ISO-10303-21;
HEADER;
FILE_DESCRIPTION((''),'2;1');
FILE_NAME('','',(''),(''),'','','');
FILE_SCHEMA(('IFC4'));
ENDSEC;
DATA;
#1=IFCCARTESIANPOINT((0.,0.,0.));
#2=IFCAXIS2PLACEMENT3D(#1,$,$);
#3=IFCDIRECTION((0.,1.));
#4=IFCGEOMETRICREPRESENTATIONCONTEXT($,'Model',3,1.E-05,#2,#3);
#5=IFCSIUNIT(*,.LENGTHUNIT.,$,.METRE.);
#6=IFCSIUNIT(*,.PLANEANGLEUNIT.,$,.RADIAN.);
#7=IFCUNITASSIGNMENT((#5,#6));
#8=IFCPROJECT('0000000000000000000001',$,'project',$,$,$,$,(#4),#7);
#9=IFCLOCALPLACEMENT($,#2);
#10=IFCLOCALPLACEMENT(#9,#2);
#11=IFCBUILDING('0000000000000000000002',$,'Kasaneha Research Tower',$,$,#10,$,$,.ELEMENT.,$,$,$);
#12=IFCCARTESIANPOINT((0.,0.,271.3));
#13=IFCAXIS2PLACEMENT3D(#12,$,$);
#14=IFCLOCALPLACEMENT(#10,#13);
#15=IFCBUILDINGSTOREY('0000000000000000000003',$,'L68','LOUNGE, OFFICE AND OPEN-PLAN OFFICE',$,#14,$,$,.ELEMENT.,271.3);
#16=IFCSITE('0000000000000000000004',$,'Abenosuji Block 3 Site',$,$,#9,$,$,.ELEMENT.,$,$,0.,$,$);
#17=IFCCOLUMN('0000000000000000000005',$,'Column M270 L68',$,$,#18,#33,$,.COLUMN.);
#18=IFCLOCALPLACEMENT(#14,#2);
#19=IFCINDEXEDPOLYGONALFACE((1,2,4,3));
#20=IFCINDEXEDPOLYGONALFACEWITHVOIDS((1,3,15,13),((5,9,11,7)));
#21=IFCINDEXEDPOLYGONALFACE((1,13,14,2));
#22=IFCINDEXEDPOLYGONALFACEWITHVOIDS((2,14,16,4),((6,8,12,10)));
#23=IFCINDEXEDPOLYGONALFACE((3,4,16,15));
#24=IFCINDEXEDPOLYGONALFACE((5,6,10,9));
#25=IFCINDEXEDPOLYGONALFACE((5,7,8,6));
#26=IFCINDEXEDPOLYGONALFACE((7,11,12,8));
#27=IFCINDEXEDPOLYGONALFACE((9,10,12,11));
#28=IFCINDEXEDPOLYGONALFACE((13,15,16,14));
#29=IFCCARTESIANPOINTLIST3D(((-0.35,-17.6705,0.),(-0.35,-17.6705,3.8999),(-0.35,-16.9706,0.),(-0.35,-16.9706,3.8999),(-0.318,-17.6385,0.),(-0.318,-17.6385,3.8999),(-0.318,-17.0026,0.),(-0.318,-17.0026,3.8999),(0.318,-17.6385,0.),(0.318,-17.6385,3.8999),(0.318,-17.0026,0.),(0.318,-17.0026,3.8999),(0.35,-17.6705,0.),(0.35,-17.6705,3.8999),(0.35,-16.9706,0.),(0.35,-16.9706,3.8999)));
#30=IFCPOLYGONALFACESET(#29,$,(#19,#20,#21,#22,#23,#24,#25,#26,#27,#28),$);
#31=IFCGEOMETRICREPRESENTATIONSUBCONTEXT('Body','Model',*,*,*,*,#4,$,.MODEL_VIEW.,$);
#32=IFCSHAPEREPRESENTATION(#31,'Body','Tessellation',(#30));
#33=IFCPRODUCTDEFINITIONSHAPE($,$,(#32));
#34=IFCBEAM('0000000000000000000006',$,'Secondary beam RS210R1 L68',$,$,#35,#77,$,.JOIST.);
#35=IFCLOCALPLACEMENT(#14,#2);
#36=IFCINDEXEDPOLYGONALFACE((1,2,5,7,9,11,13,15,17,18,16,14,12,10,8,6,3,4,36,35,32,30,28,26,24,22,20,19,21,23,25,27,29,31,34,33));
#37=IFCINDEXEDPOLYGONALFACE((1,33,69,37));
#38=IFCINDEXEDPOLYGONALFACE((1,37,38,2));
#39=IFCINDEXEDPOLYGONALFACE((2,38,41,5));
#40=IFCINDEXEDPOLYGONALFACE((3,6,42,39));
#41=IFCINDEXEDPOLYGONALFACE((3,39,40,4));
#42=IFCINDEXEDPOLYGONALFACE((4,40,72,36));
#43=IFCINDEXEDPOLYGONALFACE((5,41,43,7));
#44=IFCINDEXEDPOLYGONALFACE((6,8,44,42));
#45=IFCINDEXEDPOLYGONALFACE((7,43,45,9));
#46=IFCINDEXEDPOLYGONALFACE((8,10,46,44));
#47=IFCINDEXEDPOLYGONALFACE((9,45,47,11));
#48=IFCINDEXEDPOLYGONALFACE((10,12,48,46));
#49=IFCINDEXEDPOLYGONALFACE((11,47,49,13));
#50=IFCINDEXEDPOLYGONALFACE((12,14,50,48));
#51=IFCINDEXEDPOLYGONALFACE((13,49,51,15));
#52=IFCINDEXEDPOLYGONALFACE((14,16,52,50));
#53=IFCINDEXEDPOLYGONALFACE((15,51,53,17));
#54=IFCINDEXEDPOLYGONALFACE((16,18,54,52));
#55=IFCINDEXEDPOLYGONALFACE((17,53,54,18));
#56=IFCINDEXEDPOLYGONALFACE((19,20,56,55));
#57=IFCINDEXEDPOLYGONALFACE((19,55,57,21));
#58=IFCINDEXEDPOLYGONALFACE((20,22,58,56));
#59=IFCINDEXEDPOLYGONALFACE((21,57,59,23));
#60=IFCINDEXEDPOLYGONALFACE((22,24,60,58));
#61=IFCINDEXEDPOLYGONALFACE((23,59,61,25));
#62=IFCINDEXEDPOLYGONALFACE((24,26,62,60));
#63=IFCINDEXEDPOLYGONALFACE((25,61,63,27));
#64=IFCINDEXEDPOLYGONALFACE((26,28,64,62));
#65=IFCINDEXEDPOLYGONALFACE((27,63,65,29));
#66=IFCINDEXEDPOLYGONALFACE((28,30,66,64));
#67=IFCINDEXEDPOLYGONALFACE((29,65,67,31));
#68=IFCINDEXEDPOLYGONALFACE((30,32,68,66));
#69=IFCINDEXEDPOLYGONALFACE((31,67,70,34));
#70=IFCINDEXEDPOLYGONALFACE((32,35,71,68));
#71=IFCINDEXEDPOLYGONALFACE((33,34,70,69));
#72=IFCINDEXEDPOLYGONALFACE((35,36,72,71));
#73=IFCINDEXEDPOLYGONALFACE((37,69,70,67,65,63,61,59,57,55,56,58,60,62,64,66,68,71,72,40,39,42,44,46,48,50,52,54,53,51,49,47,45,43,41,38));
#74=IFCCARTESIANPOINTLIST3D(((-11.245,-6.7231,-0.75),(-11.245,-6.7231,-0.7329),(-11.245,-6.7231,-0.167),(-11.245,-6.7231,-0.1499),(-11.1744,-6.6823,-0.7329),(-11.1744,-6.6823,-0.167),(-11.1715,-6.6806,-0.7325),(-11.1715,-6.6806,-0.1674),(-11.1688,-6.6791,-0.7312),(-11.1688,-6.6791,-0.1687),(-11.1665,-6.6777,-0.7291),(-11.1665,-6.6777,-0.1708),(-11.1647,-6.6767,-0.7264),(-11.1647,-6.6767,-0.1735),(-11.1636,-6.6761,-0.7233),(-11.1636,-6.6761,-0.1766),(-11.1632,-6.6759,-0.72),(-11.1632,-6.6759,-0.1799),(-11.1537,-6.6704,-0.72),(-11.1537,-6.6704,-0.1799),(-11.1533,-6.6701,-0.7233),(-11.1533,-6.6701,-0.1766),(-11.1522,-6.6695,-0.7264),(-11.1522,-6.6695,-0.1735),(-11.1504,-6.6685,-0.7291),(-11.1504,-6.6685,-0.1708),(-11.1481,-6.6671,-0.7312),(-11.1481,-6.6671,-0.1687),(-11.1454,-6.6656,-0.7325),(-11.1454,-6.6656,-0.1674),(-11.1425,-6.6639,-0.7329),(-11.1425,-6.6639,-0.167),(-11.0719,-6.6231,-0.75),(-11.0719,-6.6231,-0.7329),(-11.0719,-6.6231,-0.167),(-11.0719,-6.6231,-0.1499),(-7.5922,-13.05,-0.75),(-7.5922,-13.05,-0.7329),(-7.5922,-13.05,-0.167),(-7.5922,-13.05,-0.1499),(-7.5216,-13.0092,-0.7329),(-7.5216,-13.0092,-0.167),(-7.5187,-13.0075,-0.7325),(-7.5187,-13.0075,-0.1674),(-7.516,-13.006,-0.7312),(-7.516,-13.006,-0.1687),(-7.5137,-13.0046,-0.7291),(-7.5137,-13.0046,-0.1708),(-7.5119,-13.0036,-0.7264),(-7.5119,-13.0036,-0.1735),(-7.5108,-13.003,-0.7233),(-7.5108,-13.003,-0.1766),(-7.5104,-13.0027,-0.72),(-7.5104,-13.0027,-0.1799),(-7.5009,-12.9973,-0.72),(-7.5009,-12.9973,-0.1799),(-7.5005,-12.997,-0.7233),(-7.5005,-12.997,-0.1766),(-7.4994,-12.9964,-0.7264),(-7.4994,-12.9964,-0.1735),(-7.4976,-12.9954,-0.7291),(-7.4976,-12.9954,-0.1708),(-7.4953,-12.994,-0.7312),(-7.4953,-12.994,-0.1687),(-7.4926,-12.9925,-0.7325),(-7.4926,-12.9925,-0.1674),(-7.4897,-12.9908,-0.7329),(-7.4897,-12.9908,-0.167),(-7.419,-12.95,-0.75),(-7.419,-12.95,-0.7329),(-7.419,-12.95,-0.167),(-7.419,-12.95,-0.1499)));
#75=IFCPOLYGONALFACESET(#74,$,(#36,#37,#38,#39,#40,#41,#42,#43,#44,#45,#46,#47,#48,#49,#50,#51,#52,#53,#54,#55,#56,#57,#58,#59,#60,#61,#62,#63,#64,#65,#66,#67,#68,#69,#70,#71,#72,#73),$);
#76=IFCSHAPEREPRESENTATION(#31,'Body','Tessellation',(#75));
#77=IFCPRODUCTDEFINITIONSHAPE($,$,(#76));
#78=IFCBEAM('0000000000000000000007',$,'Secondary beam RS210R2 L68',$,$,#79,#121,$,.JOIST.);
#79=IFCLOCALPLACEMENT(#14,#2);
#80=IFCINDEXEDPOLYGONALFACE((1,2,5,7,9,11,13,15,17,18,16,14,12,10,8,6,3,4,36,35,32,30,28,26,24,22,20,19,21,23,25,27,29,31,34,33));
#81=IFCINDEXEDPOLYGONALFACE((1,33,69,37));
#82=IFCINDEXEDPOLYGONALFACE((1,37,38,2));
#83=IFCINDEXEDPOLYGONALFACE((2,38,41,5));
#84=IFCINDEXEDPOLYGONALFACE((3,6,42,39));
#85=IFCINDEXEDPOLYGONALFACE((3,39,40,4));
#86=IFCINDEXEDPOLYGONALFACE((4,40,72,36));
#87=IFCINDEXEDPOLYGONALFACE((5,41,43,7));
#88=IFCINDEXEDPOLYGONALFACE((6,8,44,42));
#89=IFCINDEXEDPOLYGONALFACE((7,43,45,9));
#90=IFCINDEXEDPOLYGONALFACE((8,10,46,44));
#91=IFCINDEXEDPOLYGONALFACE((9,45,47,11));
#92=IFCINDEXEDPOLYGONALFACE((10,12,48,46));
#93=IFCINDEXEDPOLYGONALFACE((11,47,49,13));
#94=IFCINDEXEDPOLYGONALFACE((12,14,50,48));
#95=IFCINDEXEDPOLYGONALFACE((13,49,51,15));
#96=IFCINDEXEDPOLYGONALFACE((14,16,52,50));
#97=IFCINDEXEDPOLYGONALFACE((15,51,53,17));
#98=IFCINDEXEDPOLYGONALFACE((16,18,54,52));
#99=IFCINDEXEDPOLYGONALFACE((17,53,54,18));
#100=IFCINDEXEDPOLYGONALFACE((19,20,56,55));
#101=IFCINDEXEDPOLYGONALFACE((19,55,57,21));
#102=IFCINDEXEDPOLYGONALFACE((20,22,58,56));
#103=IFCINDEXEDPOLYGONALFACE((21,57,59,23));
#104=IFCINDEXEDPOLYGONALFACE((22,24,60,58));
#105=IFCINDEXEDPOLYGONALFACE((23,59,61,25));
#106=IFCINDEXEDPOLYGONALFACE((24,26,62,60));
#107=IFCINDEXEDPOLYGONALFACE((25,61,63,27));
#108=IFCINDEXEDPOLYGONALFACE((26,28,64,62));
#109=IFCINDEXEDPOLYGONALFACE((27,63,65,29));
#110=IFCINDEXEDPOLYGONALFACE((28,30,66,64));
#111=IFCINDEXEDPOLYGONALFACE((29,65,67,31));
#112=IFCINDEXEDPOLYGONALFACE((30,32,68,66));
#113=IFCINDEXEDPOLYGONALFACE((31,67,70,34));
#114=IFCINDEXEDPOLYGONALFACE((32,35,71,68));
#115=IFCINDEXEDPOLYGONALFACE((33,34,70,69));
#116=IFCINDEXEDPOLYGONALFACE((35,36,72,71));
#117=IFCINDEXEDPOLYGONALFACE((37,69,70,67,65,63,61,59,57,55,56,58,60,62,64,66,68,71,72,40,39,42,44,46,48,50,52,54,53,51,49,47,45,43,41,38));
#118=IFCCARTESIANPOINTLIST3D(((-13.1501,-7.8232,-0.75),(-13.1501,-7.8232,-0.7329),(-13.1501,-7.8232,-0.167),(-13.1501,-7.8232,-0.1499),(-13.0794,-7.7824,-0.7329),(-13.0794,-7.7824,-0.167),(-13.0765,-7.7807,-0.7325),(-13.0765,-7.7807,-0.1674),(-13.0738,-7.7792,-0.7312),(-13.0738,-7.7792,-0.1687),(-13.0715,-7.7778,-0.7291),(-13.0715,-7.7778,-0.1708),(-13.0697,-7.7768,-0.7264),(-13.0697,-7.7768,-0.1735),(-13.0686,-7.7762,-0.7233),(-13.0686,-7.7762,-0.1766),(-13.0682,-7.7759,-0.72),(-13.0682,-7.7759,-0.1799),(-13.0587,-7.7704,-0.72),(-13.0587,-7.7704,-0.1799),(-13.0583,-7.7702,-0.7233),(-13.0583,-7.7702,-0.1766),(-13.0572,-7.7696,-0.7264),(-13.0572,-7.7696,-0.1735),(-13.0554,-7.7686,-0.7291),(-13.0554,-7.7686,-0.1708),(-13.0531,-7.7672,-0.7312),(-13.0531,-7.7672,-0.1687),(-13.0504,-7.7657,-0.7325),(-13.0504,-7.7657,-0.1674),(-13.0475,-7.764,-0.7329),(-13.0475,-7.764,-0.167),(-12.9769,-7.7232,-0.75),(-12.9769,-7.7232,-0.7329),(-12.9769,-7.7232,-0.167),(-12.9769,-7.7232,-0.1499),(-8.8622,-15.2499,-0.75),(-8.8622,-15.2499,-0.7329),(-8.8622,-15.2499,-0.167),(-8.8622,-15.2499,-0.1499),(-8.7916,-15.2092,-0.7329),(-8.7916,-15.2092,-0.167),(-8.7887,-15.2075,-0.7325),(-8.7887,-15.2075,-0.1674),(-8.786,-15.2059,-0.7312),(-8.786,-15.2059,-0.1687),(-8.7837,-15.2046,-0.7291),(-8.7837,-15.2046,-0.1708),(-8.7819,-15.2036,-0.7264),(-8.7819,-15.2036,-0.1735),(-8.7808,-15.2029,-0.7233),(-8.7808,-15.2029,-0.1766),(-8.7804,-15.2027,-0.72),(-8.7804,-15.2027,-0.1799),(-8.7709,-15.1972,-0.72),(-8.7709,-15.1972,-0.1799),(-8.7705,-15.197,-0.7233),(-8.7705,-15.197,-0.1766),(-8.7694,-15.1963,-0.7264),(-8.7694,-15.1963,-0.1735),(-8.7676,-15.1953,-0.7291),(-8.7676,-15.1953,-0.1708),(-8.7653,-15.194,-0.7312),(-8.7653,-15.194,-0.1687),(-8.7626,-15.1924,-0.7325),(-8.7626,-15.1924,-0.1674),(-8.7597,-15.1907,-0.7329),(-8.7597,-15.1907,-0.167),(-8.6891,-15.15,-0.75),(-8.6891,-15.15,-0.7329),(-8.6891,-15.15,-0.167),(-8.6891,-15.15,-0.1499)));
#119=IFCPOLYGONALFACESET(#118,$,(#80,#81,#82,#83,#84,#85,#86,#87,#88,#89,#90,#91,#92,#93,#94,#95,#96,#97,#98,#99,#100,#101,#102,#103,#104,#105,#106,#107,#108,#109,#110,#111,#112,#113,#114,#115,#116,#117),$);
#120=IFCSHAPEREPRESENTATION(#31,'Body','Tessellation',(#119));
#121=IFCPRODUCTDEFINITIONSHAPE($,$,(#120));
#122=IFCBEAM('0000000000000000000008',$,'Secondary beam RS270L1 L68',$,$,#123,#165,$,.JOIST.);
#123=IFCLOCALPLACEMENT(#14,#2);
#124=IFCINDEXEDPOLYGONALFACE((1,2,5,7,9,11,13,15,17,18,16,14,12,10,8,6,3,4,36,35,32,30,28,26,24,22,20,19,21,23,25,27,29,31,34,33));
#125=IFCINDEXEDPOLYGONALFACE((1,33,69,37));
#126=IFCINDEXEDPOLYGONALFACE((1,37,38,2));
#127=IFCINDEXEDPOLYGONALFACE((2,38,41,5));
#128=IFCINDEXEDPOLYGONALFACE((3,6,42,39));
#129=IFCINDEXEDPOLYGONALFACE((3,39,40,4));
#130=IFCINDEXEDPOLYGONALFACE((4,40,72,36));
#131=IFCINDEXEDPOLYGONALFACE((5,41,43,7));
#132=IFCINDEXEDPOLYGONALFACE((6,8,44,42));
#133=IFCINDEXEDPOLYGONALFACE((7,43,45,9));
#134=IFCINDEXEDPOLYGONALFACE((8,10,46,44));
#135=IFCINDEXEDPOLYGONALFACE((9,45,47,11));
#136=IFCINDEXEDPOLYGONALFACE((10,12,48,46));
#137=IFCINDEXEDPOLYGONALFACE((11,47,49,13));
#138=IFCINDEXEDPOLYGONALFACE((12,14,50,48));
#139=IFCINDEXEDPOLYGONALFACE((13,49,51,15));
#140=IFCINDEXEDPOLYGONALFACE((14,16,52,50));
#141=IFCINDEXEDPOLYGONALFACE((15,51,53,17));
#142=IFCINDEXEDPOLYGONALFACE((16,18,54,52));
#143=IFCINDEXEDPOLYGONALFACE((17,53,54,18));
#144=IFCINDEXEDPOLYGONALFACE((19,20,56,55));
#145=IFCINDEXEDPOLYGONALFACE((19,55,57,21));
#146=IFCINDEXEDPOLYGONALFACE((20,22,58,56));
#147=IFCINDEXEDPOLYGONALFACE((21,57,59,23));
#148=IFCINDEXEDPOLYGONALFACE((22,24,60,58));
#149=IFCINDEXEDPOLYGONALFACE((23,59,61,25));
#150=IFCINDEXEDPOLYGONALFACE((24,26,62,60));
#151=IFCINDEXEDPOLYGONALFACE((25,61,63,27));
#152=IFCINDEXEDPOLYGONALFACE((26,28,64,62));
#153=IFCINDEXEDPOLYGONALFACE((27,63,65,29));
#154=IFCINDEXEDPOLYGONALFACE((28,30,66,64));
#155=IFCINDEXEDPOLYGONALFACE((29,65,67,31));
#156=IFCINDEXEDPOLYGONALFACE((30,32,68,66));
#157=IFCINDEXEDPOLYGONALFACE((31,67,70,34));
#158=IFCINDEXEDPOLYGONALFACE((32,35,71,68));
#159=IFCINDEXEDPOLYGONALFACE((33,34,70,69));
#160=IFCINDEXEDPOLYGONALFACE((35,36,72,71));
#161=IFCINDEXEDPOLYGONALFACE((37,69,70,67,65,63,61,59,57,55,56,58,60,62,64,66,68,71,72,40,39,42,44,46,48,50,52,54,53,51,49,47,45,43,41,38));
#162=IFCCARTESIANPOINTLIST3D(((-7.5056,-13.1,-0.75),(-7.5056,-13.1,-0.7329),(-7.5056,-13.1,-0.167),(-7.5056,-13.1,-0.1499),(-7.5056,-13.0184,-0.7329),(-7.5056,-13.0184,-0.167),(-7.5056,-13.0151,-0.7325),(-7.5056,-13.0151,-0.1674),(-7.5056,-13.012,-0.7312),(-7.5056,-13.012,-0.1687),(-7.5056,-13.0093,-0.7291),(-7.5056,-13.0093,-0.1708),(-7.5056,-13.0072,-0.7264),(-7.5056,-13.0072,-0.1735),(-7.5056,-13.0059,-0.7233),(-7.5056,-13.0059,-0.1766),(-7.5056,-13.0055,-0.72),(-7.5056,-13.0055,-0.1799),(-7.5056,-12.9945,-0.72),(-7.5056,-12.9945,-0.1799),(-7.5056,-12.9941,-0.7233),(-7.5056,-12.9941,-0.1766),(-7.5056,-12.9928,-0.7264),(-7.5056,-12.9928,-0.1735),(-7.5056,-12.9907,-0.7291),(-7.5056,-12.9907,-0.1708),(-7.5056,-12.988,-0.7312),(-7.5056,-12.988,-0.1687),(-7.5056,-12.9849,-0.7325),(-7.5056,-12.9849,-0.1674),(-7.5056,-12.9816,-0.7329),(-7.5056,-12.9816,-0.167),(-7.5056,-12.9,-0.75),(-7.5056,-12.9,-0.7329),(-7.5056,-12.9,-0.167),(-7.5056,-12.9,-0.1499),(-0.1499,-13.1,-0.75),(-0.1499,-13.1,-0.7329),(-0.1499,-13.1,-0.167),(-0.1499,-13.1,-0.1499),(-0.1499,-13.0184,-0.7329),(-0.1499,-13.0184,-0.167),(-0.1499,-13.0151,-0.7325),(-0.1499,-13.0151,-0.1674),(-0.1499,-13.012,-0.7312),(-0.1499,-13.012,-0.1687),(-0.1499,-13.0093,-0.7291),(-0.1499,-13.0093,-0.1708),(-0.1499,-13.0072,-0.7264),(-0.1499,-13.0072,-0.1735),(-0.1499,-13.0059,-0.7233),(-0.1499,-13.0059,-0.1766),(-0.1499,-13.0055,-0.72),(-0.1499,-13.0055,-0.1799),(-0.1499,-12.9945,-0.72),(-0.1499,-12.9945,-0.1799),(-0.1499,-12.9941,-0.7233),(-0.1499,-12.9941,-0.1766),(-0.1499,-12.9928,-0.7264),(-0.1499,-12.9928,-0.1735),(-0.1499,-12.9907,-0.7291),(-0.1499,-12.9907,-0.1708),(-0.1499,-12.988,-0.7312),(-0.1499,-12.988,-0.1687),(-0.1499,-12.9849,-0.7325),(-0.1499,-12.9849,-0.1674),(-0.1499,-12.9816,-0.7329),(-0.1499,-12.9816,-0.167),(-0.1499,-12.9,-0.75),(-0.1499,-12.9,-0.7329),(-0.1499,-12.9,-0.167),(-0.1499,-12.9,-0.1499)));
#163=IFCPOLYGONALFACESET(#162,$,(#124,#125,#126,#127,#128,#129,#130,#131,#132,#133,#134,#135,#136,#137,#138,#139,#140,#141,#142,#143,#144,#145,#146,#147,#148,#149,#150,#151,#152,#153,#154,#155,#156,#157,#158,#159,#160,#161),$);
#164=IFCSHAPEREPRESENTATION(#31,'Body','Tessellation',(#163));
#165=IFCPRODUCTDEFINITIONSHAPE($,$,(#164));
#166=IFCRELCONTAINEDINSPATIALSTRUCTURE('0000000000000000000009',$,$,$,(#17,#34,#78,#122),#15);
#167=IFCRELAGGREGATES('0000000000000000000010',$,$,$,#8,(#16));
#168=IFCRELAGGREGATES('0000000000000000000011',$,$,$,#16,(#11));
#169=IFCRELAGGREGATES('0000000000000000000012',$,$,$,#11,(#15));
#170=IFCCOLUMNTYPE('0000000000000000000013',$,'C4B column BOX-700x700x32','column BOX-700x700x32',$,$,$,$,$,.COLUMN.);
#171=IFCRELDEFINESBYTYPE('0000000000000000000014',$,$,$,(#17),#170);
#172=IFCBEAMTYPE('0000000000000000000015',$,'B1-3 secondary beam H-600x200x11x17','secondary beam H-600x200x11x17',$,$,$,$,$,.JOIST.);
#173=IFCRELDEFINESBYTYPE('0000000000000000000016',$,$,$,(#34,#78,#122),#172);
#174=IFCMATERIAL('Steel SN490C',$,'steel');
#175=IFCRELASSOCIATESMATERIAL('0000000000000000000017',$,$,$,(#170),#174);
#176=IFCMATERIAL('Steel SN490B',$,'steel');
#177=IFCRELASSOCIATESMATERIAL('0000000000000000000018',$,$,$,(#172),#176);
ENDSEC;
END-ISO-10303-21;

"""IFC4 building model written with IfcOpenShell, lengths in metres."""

from ifc_helpers import new_model, si_unit, direction, frame, origin, origin_2d, place, context, subcontext, project, spatial, hollow_rectangle, i_section, extrude, material, material_profile, profile_set, type_object, element, save


model = new_model("IFC4")

# Units and contexts
model_context = context("Model", 3, precision=1e-05, world=origin(), true_north=direction((0.0, 1.0)))
body_context = subcontext(model_context, "Body", "Model", "MODEL_VIEW")
ifc_project = project(units=[si_unit("LENGTHUNIT", "METRE"), si_unit("PLANEANGLEUNIT", "RADIAN")], contexts=[model_context])

# Site, building, storey
site_placement = place(None, origin())
site = spatial("IfcSite", under=ifc_project, at=site_placement, Name="Abenosuji Block 3 Site", CompositionType="ELEMENT", RefElevation=0.0)
building_placement = place(site_placement, origin())
building = spatial("IfcBuilding", under=site, at=building_placement, Name="Kasaneha Research Tower", CompositionType="ELEMENT")
storey_placement = place(building_placement, frame((0.0, 0.0, 271.3)))
storey = spatial("IfcBuildingStorey", under=building, at=storey_placement, Name="L68", Description="LOUNGE, OFFICE AND OPEN-PLAN OFFICE", CompositionType="ELEMENT", Elevation=271.3)

# Column
ifc_material_1 = material(Name="Steel SN490C", Category="steel")
ifc_material_profile_1 = material_profile(ifc_material_1, hollow_rectangle(XDim=0.7, YDim=0.7, WallThickness=0.032, at=origin_2d()), Name="BOX-700x700x32")
ifc_profile_set_1 = profile_set([ifc_material_profile_1], Name="Steel SN490C")
column_type = type_object("IfcColumnType", Name="C4B column BOX-700x700x32", Description="column BOX-700x700x32", PredefinedType="COLUMN", material=ifc_profile_set_1)
column_placement = place(storey_placement, frame((0.0, -17.3206, 0.0), z_axis=(0.0, 0.0, 1.0), x_axis=(1.0, 0.0, 0.0)))
element("IfcColumn", 1, at=column_placement, inside=storey, type_object=column_type, Name="Column M270 L68", PredefinedType="COLUMN", context=body_context, shape_type="SweptSolid", body=[
    extrude(hollow_rectangle(XDim=0.7, YDim=0.7, WallThickness=0.032, at=origin_2d()), origin(), (0.0, 0.0, 1.0), 3.8999),
])

# Beams
ifc_material_2 = material(Name="Steel SN490B", Category="steel")
ifc_material_profile_2 = material_profile(ifc_material_2, i_section(OverallWidth=0.2, OverallDepth=0.6001, WebThickness=0.011, FlangeThickness=0.0171, FilletRadius=0.0129, at=origin_2d()), Name="H-600x200x11x17")
ifc_profile_set_2 = profile_set([ifc_material_profile_2], Name="Steel SN490B")
beam_type_1 = type_object("IfcBeamType", Name="B1-3 secondary beam H-600x200x11x17", Description="secondary beam H-600x200x11x17", PredefinedType="JOIST", material=ifc_profile_set_2)
beam_1_placement = place(storey_placement, frame((-7.5056, -13.0, -0.45), z_axis=(-0.499999, 0.866026, 0.0), x_axis=(-0.866026, -0.499999, 0.0)))
element("IfcBeam", 2, at=beam_1_placement, inside=storey, type_object=beam_type_1, Name="Secondary beam RS210R1 L68", PredefinedType="JOIST", context=body_context, shape_type="SweptSolid", body=[
    extrude(i_section(OverallWidth=0.2, OverallDepth=0.6001, WebThickness=0.011, FlangeThickness=0.0171, FilletRadius=0.0129, at=origin_2d()), origin(), (0.0, 0.0, 1.0), 7.3057),
])
beam_2_placement = place(storey_placement, frame((-8.7756, -15.2, -0.45), z_axis=(-0.5, 0.866025, 0.0), x_axis=(-0.866025, -0.5, 0.0)))
element("IfcBeam", 3, at=beam_2_placement, inside=storey, type_object=beam_type_1, Name="Secondary beam RS210R2 L68", PredefinedType="JOIST", context=body_context, shape_type="SweptSolid", body=[
    extrude(i_section(OverallWidth=0.2, OverallDepth=0.6001, WebThickness=0.011, FlangeThickness=0.0171, FilletRadius=0.0129, at=origin_2d()), origin(), (0.0, 0.0, 1.0), 8.5757),
])
beam_3_placement = place(storey_placement, frame((-7.5056, -13.0, -0.45), z_axis=(1.0, 0.0, 0.0), x_axis=(0.0, 1.0, 0.0)))
element("IfcBeam", 4, at=beam_3_placement, inside=storey, type_object=beam_type_1, Name="Secondary beam RS270L1 L68", PredefinedType="JOIST", context=body_context, shape_type="SweptSolid", body=[
    extrude(i_section(OverallWidth=0.2, OverallDepth=0.6001, WebThickness=0.011, FlangeThickness=0.0171, FilletRadius=0.0129, at=origin_2d()), origin(), (0.0, 0.0, 1.0), 7.3557),
])

save(model, "model.ifc")
